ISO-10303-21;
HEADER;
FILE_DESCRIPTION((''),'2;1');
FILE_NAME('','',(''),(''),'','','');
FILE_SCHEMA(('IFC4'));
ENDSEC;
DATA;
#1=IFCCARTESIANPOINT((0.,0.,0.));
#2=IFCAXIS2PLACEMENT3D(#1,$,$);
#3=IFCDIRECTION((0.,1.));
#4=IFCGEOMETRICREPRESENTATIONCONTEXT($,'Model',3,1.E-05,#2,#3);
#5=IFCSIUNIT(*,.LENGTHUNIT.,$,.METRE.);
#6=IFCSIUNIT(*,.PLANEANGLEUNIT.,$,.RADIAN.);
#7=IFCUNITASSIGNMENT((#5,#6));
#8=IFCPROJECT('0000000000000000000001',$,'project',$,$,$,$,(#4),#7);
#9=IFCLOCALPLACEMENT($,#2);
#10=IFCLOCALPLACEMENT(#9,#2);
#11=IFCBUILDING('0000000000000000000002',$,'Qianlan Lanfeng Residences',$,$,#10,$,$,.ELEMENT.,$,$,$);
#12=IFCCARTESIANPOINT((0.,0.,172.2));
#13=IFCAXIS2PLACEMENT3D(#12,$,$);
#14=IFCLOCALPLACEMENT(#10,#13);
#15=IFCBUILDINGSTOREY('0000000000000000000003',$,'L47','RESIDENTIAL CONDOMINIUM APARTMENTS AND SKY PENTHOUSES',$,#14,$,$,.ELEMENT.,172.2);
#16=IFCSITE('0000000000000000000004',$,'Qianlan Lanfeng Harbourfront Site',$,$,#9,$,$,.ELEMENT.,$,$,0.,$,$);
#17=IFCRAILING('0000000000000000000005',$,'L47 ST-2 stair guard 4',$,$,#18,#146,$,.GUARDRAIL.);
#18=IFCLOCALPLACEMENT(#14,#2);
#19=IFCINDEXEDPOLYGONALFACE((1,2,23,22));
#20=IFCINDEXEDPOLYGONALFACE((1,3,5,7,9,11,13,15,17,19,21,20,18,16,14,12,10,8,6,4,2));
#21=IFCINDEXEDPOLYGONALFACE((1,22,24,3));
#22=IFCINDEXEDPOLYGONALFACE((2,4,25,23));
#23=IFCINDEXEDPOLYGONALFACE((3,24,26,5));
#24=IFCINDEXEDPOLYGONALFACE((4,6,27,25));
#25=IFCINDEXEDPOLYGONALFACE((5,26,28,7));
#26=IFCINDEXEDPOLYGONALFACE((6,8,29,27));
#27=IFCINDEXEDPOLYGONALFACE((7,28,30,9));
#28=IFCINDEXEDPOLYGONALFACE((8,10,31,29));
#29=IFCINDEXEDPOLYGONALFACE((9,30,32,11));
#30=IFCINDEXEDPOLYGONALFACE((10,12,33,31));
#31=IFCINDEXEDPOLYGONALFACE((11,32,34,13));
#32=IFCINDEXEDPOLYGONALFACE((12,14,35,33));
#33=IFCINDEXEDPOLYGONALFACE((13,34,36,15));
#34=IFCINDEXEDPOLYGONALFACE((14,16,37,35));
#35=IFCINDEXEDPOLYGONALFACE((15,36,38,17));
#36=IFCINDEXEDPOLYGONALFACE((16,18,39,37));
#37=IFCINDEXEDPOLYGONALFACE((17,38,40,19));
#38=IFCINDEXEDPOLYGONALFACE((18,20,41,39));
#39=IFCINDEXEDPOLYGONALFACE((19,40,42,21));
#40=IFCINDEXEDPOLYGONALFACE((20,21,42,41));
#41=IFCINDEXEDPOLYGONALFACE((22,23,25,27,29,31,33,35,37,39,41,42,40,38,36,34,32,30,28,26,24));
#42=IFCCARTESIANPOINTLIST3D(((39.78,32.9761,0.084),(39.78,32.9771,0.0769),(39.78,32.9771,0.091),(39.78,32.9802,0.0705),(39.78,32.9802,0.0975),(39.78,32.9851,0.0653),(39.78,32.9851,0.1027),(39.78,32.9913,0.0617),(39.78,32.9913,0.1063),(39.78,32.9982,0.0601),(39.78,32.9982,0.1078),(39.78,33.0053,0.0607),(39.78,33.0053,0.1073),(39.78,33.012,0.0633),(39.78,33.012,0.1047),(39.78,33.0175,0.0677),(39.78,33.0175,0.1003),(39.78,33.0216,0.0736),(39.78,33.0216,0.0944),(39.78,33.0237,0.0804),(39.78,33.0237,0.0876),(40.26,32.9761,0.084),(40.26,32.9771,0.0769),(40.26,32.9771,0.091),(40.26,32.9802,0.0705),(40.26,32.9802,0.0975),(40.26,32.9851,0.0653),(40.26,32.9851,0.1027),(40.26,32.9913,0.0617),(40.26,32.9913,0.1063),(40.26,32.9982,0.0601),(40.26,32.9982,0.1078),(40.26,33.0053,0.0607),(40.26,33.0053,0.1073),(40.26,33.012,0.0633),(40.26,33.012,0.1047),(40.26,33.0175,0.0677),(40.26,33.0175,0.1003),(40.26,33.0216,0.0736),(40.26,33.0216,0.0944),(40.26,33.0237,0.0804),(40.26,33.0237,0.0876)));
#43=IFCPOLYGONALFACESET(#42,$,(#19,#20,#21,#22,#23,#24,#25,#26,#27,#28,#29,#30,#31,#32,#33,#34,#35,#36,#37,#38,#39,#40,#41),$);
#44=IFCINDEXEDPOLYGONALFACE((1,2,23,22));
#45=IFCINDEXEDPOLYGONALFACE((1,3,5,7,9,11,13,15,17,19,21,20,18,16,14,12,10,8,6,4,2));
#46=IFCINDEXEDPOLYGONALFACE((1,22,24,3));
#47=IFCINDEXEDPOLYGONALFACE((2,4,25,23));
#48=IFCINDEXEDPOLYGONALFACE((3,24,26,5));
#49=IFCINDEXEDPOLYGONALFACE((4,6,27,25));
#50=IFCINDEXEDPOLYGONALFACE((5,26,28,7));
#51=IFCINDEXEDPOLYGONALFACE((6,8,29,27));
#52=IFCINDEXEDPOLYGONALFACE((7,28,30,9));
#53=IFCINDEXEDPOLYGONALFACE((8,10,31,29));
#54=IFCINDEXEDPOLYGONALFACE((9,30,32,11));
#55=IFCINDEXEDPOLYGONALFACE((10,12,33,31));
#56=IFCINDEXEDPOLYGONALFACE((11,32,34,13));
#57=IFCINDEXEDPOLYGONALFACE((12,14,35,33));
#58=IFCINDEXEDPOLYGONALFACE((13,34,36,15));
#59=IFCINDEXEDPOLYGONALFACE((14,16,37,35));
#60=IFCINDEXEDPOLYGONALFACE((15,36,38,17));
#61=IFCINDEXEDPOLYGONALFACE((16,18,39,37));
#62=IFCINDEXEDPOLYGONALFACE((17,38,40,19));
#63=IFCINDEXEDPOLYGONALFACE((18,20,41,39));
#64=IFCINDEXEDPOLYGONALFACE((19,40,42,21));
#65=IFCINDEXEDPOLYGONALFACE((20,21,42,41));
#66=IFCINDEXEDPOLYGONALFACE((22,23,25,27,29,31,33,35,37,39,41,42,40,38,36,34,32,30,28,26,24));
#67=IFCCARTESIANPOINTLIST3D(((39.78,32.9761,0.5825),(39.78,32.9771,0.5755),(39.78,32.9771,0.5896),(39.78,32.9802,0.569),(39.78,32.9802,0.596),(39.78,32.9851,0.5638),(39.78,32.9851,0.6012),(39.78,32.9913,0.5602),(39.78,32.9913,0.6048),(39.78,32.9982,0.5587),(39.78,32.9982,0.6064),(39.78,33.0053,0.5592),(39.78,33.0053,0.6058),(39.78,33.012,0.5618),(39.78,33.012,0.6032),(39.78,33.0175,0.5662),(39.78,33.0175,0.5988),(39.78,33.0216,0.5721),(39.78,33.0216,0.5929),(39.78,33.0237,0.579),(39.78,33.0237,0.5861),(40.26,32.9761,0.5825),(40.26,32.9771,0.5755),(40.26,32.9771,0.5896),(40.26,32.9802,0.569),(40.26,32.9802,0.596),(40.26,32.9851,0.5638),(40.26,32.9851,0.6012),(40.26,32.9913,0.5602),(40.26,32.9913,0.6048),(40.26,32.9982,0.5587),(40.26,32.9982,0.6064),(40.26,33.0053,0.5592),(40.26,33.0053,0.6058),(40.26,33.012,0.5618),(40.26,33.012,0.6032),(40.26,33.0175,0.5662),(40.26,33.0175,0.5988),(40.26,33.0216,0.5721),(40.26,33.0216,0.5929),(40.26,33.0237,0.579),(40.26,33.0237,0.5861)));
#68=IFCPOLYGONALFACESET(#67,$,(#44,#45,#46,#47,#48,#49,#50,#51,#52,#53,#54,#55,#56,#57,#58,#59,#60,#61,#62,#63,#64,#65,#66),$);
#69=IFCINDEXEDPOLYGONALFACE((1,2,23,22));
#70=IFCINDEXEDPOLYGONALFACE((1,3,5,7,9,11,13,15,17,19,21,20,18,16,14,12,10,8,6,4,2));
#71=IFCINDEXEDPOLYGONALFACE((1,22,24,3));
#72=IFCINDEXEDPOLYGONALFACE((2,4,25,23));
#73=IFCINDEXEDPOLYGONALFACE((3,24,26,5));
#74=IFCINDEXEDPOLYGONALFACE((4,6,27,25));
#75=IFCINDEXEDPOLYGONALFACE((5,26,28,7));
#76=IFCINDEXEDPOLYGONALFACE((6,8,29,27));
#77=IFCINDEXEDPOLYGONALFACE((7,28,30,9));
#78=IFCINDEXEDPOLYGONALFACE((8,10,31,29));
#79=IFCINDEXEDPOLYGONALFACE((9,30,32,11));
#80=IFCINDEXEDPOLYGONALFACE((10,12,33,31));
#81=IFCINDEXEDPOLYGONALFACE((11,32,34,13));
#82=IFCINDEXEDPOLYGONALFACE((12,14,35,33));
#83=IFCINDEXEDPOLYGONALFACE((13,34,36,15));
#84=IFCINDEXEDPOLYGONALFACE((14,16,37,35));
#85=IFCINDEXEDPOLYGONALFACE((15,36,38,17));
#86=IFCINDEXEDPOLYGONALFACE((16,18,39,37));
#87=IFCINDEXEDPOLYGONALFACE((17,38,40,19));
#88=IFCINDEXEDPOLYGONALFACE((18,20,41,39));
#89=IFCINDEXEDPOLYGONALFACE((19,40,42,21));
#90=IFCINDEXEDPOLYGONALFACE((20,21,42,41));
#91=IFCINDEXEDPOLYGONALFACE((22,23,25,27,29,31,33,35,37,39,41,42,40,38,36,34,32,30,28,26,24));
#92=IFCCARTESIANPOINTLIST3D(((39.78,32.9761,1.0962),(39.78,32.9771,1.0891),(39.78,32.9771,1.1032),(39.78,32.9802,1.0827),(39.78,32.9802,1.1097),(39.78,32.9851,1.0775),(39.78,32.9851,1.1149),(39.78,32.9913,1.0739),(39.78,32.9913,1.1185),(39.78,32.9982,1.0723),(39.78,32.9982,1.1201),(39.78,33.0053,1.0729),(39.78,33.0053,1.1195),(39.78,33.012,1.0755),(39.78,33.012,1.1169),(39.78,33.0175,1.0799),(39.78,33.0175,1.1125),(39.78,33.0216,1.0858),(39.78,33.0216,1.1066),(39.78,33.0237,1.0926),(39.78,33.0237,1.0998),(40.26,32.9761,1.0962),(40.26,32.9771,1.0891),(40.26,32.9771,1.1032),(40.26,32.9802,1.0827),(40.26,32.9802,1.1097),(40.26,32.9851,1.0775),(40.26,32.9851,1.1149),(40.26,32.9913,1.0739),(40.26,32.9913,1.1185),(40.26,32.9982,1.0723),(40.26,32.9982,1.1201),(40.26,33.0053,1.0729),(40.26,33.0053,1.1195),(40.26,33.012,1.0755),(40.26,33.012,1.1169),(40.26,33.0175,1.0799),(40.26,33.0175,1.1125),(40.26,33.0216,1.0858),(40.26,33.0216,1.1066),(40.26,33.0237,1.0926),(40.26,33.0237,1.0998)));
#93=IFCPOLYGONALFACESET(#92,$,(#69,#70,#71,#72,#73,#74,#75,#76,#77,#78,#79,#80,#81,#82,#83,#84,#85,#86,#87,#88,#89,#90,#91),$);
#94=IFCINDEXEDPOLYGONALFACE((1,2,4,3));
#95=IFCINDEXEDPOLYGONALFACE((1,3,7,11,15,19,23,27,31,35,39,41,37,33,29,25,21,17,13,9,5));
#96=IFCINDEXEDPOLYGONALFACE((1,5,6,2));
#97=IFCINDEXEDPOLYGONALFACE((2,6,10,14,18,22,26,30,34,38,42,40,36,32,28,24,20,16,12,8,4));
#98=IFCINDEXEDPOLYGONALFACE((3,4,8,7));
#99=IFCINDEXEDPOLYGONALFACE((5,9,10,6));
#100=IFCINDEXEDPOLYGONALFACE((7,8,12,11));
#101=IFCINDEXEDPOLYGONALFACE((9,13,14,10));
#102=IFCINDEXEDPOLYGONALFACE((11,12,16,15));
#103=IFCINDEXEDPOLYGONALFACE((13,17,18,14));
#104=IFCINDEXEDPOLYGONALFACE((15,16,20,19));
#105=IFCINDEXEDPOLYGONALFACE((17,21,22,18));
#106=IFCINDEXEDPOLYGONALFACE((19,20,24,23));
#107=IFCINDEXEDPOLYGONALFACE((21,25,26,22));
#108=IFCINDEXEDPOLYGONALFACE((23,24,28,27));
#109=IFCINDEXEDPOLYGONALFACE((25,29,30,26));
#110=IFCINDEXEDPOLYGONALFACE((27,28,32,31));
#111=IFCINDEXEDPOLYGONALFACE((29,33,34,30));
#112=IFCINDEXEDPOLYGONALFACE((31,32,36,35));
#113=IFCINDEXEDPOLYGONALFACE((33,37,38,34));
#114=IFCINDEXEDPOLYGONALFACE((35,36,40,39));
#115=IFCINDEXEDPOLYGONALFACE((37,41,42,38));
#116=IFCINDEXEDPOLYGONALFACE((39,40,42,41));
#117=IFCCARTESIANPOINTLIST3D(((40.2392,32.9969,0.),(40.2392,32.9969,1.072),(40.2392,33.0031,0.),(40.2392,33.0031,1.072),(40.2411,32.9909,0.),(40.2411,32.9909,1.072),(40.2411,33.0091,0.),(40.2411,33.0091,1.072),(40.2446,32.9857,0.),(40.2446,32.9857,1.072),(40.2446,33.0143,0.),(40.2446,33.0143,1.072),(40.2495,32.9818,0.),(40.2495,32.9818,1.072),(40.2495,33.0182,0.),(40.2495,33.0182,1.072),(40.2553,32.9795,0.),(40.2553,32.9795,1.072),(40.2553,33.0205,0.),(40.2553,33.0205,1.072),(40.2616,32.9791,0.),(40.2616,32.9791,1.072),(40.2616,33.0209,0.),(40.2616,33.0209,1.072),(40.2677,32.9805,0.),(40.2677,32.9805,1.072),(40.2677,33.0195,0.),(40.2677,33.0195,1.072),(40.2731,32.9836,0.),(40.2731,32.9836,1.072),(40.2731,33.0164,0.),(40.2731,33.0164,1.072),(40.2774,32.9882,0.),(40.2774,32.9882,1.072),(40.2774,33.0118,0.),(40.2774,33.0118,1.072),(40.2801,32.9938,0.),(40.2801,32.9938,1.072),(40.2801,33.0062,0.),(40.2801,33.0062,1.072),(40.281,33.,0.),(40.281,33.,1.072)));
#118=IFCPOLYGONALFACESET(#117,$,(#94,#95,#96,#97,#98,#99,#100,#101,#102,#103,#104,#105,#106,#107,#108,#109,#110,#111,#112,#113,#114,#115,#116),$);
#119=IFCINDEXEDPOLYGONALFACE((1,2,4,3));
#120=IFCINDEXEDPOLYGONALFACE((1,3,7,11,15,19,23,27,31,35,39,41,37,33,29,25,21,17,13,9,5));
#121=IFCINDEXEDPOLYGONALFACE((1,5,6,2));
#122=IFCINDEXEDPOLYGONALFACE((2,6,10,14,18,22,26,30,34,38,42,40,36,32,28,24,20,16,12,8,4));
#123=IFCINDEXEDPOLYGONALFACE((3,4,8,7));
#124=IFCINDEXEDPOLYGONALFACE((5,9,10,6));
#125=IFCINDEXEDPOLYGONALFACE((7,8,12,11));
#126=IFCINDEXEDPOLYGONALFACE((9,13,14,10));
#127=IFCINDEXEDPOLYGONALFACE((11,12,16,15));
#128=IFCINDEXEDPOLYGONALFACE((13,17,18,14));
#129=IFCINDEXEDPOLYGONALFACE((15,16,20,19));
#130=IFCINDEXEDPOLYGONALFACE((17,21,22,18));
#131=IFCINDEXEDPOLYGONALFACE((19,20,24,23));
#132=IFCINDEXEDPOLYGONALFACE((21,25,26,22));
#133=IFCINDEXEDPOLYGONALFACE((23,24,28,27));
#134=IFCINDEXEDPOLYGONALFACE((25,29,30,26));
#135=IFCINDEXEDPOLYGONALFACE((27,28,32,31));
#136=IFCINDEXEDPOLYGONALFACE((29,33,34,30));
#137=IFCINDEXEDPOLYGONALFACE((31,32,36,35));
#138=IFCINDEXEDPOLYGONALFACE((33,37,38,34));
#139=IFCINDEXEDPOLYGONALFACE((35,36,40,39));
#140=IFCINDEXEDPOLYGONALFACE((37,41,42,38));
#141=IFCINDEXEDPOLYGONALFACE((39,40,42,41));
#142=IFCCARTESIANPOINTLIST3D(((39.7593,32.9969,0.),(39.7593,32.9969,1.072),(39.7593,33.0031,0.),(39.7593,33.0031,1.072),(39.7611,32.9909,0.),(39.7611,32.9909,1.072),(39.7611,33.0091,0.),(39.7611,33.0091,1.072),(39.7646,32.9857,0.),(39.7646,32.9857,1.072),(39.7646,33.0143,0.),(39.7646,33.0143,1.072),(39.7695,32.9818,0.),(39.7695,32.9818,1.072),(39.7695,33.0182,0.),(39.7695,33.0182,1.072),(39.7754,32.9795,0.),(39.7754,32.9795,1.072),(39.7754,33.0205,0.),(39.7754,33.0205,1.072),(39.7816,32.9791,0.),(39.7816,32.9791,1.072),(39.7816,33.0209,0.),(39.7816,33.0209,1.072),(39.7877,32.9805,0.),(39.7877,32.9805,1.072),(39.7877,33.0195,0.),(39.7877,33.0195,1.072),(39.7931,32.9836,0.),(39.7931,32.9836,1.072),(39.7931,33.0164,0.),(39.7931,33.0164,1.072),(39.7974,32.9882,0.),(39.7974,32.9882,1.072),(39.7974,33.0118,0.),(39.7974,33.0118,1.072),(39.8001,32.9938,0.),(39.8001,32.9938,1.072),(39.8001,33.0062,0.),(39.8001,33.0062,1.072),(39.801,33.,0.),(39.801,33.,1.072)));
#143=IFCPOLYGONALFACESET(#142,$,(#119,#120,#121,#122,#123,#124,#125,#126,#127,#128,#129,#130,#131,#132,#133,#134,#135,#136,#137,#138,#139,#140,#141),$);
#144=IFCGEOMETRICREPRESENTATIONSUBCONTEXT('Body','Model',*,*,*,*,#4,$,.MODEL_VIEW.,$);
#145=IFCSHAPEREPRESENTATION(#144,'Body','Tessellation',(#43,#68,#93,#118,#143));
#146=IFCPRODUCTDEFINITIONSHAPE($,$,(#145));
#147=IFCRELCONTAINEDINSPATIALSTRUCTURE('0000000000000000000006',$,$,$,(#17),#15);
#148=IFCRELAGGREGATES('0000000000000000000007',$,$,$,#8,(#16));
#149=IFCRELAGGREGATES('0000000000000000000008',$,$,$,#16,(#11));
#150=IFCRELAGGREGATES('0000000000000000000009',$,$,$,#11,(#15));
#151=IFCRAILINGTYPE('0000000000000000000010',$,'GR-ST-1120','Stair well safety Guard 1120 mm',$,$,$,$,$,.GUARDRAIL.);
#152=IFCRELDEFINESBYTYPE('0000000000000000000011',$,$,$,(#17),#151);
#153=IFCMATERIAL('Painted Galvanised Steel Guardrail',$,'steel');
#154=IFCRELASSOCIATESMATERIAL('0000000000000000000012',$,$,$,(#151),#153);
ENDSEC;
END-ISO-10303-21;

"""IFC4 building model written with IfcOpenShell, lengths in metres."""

from ifc_helpers import new_model, si_unit, direction, frame, origin, origin_2d, place, context, subcontext, project, spatial, circle, extrude, material, type_object, element, save


model = new_model("IFC4")

# Units and contexts
model_context = context("Model", 3, precision=1e-05, world=origin(), true_north=direction((0.0, 1.0)))
body_context = subcontext(model_context, "Body", "Model", "MODEL_VIEW")
ifc_project = project(units=[si_unit("LENGTHUNIT", "METRE"), si_unit("PLANEANGLEUNIT", "RADIAN")], contexts=[model_context])

# Site, building, storey
site_placement = place(None, origin())
site = spatial("IfcSite", under=ifc_project, at=site_placement, Name="Qianlan Lanfeng Harbourfront Site", CompositionType="ELEMENT", RefElevation=0.0)
building_placement = place(site_placement, origin())
building = spatial("IfcBuilding", under=site, at=building_placement, Name="Qianlan Lanfeng Residences", CompositionType="ELEMENT")
storey_placement = place(building_placement, frame((0.0, 0.0, 172.2)))
storey = spatial("IfcBuildingStorey", under=building, at=storey_placement, Name="L47", Description="RESIDENTIAL CONDOMINIUM APARTMENTS AND SKY PENTHOUSES", CompositionType="ELEMENT", Elevation=172.2)

# Railing
ifc_material_1 = material(Name="Painted Galvanised Steel Guardrail", Category="steel")
railing_type_1 = type_object("IfcRailingType", Name="GR-ST-1120", Description="Stair well safety Guard 1120 mm", PredefinedType="GUARDRAIL", material=ifc_material_1)
railing_1_placement = place(storey_placement, frame((40.26, 33.0, 0.0)))
element("IfcRailing", 1, at=railing_1_placement, inside=storey, type_object=railing_type_1, Name="L47 ST-2 stair guard 4", PredefinedType="GUARDRAIL", context=body_context, shape_type="SweptSolid", body=[
    extrude(circle(Radius=0.0239, at=origin_2d()), frame((0.0, 0.0, 0.084), z_axis=(-1.0, 0.0, 0.0), x_axis=(0.0, -1.0, 0.0)), (0.0, 0.0, 1.0), 0.48),
    extrude(circle(Radius=0.0239, at=origin_2d()), frame((0.0, 0.0, 0.5825), z_axis=(-1.0, 0.0, 0.0), x_axis=(0.0, -1.0, 0.0)), (0.0, 0.0, 1.0), 0.48),
    extrude(circle(Radius=0.0239, at=origin_2d()), frame((0.0, 0.0, 1.0962), z_axis=(-1.0, 0.0, 0.0), x_axis=(0.0, -1.0, 0.0)), (0.0, 0.0, 1.0), 0.48),
    extrude(circle(Radius=0.021, at=origin_2d()), origin(), (0.0, 0.0, 1.0), 1.072),
    extrude(circle(Radius=0.021, at=origin_2d()), frame((-0.48, 0.0, 0.0)), (0.0, 0.0, 1.0), 1.072),
])

save(model, "model.ifc")
